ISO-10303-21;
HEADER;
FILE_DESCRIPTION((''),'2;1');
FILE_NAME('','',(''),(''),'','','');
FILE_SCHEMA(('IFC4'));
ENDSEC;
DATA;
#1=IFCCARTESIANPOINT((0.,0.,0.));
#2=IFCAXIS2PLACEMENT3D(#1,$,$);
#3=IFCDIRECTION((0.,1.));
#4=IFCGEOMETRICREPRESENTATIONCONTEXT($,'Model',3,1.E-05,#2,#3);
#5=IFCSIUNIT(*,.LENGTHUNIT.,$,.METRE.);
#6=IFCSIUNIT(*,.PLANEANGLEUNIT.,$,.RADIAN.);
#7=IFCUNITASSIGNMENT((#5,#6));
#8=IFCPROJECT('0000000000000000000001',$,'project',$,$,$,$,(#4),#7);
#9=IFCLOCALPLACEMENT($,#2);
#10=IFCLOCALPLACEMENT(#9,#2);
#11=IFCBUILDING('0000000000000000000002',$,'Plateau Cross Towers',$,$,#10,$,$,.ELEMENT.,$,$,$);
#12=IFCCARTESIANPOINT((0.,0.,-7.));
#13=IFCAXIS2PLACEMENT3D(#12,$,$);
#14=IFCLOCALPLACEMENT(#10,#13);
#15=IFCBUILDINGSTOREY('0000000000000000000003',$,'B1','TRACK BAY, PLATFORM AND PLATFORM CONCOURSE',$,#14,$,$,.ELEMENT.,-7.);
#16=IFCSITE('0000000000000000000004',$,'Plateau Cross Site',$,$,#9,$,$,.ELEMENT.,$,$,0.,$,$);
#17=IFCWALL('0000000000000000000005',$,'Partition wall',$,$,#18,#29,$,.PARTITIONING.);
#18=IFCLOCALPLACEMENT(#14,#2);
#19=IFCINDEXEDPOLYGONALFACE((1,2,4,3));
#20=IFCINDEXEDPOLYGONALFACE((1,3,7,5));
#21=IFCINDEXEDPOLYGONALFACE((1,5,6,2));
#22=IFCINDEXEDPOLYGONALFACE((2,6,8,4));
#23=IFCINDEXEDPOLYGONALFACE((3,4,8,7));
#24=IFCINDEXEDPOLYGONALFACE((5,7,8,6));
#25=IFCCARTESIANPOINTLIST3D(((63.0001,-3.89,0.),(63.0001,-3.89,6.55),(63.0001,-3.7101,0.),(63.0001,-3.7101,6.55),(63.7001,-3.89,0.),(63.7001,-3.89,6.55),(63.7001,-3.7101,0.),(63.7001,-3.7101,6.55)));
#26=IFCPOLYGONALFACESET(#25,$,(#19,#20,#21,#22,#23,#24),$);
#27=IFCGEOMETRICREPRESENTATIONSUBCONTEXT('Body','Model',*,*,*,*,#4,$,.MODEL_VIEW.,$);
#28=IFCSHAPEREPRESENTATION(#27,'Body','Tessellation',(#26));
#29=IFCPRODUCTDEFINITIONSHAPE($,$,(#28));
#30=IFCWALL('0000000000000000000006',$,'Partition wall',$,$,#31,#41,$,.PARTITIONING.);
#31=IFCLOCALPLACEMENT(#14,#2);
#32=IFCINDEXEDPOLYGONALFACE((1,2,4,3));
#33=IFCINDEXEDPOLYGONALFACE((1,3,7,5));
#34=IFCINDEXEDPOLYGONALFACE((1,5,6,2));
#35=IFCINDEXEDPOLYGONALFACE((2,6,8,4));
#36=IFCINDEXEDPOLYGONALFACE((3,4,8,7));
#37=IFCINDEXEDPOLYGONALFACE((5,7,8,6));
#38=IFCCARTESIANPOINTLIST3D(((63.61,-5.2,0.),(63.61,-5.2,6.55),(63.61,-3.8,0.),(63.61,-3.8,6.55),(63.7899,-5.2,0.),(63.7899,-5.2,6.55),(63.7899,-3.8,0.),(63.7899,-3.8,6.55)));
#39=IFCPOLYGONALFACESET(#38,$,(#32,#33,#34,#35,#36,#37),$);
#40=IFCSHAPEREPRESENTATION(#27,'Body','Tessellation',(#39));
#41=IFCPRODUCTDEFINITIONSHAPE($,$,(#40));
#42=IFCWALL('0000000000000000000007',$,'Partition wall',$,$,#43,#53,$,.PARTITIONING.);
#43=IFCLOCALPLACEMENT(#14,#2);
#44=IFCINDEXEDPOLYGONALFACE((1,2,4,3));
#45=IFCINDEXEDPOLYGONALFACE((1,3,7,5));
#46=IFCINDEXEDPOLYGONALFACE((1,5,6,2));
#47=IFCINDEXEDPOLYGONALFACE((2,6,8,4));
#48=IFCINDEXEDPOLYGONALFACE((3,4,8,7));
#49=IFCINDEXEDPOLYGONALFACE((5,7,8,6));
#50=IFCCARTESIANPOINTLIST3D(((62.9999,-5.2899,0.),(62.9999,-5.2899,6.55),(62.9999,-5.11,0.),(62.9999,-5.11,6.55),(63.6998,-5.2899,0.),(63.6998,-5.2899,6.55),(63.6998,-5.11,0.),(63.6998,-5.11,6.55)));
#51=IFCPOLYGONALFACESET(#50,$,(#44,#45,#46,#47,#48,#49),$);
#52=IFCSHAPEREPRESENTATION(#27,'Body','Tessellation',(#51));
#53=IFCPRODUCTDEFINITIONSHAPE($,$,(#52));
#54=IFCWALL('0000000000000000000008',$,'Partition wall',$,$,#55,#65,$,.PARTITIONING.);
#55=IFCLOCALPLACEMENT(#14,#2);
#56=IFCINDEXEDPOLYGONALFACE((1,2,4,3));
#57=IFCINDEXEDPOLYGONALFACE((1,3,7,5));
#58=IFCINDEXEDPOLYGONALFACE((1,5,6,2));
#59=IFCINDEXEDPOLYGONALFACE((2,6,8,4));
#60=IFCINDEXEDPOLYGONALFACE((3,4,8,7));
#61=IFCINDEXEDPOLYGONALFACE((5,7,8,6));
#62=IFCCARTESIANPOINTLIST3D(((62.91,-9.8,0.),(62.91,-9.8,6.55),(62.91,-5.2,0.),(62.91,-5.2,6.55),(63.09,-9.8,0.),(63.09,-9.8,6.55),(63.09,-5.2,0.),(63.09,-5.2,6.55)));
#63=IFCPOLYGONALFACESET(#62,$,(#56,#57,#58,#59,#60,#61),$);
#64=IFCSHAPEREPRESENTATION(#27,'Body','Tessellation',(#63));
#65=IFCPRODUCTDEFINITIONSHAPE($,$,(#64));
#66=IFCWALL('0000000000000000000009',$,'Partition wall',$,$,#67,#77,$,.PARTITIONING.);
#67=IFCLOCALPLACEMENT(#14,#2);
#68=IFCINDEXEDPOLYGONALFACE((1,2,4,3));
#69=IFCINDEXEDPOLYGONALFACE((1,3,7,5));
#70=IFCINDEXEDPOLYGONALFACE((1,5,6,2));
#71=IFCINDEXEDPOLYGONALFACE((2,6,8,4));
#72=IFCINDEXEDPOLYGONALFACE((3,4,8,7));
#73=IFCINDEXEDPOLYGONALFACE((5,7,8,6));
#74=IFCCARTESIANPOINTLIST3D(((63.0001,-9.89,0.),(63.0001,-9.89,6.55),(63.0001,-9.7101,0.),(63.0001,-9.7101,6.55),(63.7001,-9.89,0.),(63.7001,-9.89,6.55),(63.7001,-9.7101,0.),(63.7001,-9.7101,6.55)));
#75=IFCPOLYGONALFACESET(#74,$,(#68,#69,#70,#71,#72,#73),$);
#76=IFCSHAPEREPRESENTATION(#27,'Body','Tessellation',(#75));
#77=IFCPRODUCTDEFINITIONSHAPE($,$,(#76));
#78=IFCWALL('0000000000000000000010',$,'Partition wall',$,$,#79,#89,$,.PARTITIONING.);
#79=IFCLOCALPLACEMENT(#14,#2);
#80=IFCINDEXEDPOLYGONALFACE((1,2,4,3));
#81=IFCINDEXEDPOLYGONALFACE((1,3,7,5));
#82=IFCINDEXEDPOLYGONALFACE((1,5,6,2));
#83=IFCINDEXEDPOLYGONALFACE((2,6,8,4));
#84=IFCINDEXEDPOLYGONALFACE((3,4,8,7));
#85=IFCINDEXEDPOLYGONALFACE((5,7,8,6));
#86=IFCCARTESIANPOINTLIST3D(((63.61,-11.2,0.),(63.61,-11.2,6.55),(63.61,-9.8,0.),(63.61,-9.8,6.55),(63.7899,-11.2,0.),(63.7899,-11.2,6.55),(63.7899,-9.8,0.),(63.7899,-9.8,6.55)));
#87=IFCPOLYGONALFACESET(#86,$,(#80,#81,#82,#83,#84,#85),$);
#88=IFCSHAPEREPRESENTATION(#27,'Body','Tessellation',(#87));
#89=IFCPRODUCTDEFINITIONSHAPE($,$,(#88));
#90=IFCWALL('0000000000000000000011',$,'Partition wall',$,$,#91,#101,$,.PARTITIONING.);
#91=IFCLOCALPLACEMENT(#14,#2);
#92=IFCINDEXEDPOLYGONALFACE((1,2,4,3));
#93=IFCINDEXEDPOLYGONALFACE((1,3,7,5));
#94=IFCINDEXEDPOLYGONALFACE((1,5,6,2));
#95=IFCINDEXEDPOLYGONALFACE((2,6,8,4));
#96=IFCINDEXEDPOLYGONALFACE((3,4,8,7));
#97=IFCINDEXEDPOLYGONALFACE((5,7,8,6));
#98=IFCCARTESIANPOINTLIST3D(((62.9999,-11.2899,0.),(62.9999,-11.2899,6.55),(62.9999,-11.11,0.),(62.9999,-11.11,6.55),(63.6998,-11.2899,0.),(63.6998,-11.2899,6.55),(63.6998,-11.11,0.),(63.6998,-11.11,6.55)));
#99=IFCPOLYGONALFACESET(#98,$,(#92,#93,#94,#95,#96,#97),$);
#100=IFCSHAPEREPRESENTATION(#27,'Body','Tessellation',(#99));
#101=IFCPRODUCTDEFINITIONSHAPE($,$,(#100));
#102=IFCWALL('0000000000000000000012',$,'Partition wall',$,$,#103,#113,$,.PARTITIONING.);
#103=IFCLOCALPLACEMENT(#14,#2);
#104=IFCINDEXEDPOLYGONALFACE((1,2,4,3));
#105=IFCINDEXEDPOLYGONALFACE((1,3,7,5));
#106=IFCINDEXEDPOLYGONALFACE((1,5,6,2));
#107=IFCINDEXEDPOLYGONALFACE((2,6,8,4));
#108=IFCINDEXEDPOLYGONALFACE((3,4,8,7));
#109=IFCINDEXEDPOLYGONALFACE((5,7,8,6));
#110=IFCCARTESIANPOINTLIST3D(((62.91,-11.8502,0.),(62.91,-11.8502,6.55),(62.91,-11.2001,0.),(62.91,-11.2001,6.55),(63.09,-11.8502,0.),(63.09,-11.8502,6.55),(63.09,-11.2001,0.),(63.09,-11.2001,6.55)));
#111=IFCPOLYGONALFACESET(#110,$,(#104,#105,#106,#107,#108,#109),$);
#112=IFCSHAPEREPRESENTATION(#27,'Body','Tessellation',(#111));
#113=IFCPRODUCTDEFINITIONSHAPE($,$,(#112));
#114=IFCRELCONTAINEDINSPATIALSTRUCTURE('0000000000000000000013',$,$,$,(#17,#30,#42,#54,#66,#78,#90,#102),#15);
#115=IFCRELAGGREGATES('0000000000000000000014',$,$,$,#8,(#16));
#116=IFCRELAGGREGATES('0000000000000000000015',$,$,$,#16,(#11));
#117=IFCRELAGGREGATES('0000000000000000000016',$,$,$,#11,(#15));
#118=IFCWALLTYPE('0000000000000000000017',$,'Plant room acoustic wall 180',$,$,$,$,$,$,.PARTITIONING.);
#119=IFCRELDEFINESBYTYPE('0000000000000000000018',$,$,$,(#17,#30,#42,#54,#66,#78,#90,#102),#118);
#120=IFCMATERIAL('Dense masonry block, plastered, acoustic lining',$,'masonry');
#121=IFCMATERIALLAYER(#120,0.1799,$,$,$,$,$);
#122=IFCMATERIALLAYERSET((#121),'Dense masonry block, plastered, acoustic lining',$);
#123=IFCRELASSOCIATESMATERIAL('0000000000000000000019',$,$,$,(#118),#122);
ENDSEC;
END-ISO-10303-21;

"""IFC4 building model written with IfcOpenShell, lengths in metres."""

from ifc_helpers import new_model, si_unit, direction, frame, frame_2d, origin, place, context, subcontext, project, spatial, rectangle, extrude, material, layer, layer_set, type_object, element, save


model = new_model("IFC4")

# Units and contexts
model_context = context("Model", 3, precision=1e-05, world=origin(), true_north=direction((0.0, 1.0)))
body_context = subcontext(model_context, "Body", "Model", "MODEL_VIEW")
ifc_project = project(units=[si_unit("LENGTHUNIT", "METRE"), si_unit("PLANEANGLEUNIT", "RADIAN")], contexts=[model_context])

# Site, building, storey
site_placement = place(None, origin())
site = spatial("IfcSite", under=ifc_project, at=site_placement, Name="Plateau Cross Site", CompositionType="ELEMENT", RefElevation=0.0)
building_placement = place(site_placement, origin())
building = spatial("IfcBuilding", under=site, at=building_placement, Name="Plateau Cross Towers", CompositionType="ELEMENT")
storey_placement = place(building_placement, frame((0.0, 0.0, -7.0)))
storey = spatial("IfcBuildingStorey", under=building, at=storey_placement, Name="B1", Description="TRACK BAY, PLATFORM AND PLATFORM CONCOURSE", CompositionType="ELEMENT", Elevation=-7.0)

# Walls
ifc_material_1 = material(Name="Dense masonry block, plastered, acoustic lining", Category="masonry")
ifc_layer_1 = layer(ifc_material_1, 0.1799)
ifc_layer_set_1 = layer_set([ifc_layer_1], Name="Dense masonry block, plastered, acoustic lining")
wall_type_1 = type_object("IfcWallType", Name="Plant room acoustic wall 180", PredefinedType="PARTITIONING", material=ifc_layer_set_1)
wall_1_placement = place(storey_placement, frame((63.0, -3.8, 0.0), z_axis=(0.0, 0.0, 1.0), x_axis=(1.0, 0.0, 0.0)))
element("IfcWall", 1, at=wall_1_placement, inside=storey, type_object=wall_type_1, Name="Partition wall", PredefinedType="PARTITIONING", context=body_context, shape_type="SweptSolid", body=[
    extrude(rectangle(XDim=0.7, YDim=0.1799, at=frame_2d((0.3501, 0.0))), origin(), (0.0, 0.0, 1.0), 6.55),
])
wall_2_placement = place(storey_placement, frame((63.7, -3.8, 0.0), z_axis=(0.0, 0.0, 1.0), x_axis=(0.0, -1.0, 0.0)))
element("IfcWall", 2, at=wall_2_placement, inside=storey, type_object=wall_type_1, Name="Partition wall", PredefinedType="PARTITIONING", context=body_context, shape_type="SweptSolid", body=[
    extrude(rectangle(XDim=1.3999, YDim=0.1799, at=frame_2d((0.7, 0.0))), origin(), (0.0, 0.0, 1.0), 6.55),
])
wall_3_placement = place(storey_placement, frame((63.7, -5.2, 0.0), z_axis=(0.0, 0.0, 1.0), x_axis=(-1.0, 0.0, 0.0)))
element("IfcWall", 3, at=wall_3_placement, inside=storey, type_object=wall_type_1, Name="Partition wall", PredefinedType="PARTITIONING", context=body_context, shape_type="SweptSolid", body=[
    extrude(rectangle(XDim=0.7, YDim=0.1799, at=frame_2d((0.3501, 0.0))), origin(), (0.0, 0.0, 1.0), 6.55),
])
wall_4_placement = place(storey_placement, frame((63.0, -5.2, 0.0), z_axis=(0.0, 0.0, 1.0), x_axis=(0.0, -1.0, 0.0)))
element("IfcWall", 4, at=wall_4_placement, inside=storey, type_object=wall_type_1, Name="Partition wall", PredefinedType="PARTITIONING", context=body_context, shape_type="SweptSolid", body=[
    extrude(rectangle(XDim=4.6001, YDim=0.1799, at=frame_2d((2.3, 0.0))), origin(), (0.0, 0.0, 1.0), 6.55),
])
wall_5_placement = place(storey_placement, frame((63.0, -9.8, 0.0), z_axis=(0.0, 0.0, 1.0), x_axis=(1.0, 0.0, 0.0)))
element("IfcWall", 5, at=wall_5_placement, inside=storey, type_object=wall_type_1, Name="Partition wall", PredefinedType="PARTITIONING", context=body_context, shape_type="SweptSolid", body=[
    extrude(rectangle(XDim=0.7, YDim=0.1799, at=frame_2d((0.3501, 0.0))), origin(), (0.0, 0.0, 1.0), 6.55),
])
wall_6_placement = place(storey_placement, frame((63.7, -9.8, 0.0), z_axis=(0.0, 0.0, 1.0), x_axis=(0.0, -1.0, 0.0)))
element("IfcWall", 6, at=wall_6_placement, inside=storey, type_object=wall_type_1, Name="Partition wall", PredefinedType="PARTITIONING", context=body_context, shape_type="SweptSolid", body=[
    extrude(rectangle(XDim=1.3999, YDim=0.1799, at=frame_2d((0.7, 0.0))), origin(), (0.0, 0.0, 1.0), 6.55),
])
wall_7_placement = place(storey_placement, frame((63.7, -11.2, 0.0), z_axis=(0.0, 0.0, 1.0), x_axis=(-1.0, 0.0, 0.0)))
element("IfcWall", 7, at=wall_7_placement, inside=storey, type_object=wall_type_1, Name="Partition wall", PredefinedType="PARTITIONING", context=body_context, shape_type="SweptSolid", body=[
    extrude(rectangle(XDim=0.7, YDim=0.1799, at=frame_2d((0.3501, 0.0))), origin(), (0.0, 0.0, 1.0), 6.55),
])
wall_8_placement = place(storey_placement, frame((63.0, -11.2, 0.0), z_axis=(0.0, 0.0, 1.0), x_axis=(0.0, -1.0, 0.0)))
element("IfcWall", 8, at=wall_8_placement, inside=storey, type_object=wall_type_1, Name="Partition wall", PredefinedType="PARTITIONING", context=body_context, shape_type="SweptSolid", body=[
    extrude(rectangle(XDim=0.6501, YDim=0.1799, at=frame_2d((0.3252, 0.0))), origin(), (0.0, 0.0, 1.0), 6.55),
])

save(model, "model.ifc")
